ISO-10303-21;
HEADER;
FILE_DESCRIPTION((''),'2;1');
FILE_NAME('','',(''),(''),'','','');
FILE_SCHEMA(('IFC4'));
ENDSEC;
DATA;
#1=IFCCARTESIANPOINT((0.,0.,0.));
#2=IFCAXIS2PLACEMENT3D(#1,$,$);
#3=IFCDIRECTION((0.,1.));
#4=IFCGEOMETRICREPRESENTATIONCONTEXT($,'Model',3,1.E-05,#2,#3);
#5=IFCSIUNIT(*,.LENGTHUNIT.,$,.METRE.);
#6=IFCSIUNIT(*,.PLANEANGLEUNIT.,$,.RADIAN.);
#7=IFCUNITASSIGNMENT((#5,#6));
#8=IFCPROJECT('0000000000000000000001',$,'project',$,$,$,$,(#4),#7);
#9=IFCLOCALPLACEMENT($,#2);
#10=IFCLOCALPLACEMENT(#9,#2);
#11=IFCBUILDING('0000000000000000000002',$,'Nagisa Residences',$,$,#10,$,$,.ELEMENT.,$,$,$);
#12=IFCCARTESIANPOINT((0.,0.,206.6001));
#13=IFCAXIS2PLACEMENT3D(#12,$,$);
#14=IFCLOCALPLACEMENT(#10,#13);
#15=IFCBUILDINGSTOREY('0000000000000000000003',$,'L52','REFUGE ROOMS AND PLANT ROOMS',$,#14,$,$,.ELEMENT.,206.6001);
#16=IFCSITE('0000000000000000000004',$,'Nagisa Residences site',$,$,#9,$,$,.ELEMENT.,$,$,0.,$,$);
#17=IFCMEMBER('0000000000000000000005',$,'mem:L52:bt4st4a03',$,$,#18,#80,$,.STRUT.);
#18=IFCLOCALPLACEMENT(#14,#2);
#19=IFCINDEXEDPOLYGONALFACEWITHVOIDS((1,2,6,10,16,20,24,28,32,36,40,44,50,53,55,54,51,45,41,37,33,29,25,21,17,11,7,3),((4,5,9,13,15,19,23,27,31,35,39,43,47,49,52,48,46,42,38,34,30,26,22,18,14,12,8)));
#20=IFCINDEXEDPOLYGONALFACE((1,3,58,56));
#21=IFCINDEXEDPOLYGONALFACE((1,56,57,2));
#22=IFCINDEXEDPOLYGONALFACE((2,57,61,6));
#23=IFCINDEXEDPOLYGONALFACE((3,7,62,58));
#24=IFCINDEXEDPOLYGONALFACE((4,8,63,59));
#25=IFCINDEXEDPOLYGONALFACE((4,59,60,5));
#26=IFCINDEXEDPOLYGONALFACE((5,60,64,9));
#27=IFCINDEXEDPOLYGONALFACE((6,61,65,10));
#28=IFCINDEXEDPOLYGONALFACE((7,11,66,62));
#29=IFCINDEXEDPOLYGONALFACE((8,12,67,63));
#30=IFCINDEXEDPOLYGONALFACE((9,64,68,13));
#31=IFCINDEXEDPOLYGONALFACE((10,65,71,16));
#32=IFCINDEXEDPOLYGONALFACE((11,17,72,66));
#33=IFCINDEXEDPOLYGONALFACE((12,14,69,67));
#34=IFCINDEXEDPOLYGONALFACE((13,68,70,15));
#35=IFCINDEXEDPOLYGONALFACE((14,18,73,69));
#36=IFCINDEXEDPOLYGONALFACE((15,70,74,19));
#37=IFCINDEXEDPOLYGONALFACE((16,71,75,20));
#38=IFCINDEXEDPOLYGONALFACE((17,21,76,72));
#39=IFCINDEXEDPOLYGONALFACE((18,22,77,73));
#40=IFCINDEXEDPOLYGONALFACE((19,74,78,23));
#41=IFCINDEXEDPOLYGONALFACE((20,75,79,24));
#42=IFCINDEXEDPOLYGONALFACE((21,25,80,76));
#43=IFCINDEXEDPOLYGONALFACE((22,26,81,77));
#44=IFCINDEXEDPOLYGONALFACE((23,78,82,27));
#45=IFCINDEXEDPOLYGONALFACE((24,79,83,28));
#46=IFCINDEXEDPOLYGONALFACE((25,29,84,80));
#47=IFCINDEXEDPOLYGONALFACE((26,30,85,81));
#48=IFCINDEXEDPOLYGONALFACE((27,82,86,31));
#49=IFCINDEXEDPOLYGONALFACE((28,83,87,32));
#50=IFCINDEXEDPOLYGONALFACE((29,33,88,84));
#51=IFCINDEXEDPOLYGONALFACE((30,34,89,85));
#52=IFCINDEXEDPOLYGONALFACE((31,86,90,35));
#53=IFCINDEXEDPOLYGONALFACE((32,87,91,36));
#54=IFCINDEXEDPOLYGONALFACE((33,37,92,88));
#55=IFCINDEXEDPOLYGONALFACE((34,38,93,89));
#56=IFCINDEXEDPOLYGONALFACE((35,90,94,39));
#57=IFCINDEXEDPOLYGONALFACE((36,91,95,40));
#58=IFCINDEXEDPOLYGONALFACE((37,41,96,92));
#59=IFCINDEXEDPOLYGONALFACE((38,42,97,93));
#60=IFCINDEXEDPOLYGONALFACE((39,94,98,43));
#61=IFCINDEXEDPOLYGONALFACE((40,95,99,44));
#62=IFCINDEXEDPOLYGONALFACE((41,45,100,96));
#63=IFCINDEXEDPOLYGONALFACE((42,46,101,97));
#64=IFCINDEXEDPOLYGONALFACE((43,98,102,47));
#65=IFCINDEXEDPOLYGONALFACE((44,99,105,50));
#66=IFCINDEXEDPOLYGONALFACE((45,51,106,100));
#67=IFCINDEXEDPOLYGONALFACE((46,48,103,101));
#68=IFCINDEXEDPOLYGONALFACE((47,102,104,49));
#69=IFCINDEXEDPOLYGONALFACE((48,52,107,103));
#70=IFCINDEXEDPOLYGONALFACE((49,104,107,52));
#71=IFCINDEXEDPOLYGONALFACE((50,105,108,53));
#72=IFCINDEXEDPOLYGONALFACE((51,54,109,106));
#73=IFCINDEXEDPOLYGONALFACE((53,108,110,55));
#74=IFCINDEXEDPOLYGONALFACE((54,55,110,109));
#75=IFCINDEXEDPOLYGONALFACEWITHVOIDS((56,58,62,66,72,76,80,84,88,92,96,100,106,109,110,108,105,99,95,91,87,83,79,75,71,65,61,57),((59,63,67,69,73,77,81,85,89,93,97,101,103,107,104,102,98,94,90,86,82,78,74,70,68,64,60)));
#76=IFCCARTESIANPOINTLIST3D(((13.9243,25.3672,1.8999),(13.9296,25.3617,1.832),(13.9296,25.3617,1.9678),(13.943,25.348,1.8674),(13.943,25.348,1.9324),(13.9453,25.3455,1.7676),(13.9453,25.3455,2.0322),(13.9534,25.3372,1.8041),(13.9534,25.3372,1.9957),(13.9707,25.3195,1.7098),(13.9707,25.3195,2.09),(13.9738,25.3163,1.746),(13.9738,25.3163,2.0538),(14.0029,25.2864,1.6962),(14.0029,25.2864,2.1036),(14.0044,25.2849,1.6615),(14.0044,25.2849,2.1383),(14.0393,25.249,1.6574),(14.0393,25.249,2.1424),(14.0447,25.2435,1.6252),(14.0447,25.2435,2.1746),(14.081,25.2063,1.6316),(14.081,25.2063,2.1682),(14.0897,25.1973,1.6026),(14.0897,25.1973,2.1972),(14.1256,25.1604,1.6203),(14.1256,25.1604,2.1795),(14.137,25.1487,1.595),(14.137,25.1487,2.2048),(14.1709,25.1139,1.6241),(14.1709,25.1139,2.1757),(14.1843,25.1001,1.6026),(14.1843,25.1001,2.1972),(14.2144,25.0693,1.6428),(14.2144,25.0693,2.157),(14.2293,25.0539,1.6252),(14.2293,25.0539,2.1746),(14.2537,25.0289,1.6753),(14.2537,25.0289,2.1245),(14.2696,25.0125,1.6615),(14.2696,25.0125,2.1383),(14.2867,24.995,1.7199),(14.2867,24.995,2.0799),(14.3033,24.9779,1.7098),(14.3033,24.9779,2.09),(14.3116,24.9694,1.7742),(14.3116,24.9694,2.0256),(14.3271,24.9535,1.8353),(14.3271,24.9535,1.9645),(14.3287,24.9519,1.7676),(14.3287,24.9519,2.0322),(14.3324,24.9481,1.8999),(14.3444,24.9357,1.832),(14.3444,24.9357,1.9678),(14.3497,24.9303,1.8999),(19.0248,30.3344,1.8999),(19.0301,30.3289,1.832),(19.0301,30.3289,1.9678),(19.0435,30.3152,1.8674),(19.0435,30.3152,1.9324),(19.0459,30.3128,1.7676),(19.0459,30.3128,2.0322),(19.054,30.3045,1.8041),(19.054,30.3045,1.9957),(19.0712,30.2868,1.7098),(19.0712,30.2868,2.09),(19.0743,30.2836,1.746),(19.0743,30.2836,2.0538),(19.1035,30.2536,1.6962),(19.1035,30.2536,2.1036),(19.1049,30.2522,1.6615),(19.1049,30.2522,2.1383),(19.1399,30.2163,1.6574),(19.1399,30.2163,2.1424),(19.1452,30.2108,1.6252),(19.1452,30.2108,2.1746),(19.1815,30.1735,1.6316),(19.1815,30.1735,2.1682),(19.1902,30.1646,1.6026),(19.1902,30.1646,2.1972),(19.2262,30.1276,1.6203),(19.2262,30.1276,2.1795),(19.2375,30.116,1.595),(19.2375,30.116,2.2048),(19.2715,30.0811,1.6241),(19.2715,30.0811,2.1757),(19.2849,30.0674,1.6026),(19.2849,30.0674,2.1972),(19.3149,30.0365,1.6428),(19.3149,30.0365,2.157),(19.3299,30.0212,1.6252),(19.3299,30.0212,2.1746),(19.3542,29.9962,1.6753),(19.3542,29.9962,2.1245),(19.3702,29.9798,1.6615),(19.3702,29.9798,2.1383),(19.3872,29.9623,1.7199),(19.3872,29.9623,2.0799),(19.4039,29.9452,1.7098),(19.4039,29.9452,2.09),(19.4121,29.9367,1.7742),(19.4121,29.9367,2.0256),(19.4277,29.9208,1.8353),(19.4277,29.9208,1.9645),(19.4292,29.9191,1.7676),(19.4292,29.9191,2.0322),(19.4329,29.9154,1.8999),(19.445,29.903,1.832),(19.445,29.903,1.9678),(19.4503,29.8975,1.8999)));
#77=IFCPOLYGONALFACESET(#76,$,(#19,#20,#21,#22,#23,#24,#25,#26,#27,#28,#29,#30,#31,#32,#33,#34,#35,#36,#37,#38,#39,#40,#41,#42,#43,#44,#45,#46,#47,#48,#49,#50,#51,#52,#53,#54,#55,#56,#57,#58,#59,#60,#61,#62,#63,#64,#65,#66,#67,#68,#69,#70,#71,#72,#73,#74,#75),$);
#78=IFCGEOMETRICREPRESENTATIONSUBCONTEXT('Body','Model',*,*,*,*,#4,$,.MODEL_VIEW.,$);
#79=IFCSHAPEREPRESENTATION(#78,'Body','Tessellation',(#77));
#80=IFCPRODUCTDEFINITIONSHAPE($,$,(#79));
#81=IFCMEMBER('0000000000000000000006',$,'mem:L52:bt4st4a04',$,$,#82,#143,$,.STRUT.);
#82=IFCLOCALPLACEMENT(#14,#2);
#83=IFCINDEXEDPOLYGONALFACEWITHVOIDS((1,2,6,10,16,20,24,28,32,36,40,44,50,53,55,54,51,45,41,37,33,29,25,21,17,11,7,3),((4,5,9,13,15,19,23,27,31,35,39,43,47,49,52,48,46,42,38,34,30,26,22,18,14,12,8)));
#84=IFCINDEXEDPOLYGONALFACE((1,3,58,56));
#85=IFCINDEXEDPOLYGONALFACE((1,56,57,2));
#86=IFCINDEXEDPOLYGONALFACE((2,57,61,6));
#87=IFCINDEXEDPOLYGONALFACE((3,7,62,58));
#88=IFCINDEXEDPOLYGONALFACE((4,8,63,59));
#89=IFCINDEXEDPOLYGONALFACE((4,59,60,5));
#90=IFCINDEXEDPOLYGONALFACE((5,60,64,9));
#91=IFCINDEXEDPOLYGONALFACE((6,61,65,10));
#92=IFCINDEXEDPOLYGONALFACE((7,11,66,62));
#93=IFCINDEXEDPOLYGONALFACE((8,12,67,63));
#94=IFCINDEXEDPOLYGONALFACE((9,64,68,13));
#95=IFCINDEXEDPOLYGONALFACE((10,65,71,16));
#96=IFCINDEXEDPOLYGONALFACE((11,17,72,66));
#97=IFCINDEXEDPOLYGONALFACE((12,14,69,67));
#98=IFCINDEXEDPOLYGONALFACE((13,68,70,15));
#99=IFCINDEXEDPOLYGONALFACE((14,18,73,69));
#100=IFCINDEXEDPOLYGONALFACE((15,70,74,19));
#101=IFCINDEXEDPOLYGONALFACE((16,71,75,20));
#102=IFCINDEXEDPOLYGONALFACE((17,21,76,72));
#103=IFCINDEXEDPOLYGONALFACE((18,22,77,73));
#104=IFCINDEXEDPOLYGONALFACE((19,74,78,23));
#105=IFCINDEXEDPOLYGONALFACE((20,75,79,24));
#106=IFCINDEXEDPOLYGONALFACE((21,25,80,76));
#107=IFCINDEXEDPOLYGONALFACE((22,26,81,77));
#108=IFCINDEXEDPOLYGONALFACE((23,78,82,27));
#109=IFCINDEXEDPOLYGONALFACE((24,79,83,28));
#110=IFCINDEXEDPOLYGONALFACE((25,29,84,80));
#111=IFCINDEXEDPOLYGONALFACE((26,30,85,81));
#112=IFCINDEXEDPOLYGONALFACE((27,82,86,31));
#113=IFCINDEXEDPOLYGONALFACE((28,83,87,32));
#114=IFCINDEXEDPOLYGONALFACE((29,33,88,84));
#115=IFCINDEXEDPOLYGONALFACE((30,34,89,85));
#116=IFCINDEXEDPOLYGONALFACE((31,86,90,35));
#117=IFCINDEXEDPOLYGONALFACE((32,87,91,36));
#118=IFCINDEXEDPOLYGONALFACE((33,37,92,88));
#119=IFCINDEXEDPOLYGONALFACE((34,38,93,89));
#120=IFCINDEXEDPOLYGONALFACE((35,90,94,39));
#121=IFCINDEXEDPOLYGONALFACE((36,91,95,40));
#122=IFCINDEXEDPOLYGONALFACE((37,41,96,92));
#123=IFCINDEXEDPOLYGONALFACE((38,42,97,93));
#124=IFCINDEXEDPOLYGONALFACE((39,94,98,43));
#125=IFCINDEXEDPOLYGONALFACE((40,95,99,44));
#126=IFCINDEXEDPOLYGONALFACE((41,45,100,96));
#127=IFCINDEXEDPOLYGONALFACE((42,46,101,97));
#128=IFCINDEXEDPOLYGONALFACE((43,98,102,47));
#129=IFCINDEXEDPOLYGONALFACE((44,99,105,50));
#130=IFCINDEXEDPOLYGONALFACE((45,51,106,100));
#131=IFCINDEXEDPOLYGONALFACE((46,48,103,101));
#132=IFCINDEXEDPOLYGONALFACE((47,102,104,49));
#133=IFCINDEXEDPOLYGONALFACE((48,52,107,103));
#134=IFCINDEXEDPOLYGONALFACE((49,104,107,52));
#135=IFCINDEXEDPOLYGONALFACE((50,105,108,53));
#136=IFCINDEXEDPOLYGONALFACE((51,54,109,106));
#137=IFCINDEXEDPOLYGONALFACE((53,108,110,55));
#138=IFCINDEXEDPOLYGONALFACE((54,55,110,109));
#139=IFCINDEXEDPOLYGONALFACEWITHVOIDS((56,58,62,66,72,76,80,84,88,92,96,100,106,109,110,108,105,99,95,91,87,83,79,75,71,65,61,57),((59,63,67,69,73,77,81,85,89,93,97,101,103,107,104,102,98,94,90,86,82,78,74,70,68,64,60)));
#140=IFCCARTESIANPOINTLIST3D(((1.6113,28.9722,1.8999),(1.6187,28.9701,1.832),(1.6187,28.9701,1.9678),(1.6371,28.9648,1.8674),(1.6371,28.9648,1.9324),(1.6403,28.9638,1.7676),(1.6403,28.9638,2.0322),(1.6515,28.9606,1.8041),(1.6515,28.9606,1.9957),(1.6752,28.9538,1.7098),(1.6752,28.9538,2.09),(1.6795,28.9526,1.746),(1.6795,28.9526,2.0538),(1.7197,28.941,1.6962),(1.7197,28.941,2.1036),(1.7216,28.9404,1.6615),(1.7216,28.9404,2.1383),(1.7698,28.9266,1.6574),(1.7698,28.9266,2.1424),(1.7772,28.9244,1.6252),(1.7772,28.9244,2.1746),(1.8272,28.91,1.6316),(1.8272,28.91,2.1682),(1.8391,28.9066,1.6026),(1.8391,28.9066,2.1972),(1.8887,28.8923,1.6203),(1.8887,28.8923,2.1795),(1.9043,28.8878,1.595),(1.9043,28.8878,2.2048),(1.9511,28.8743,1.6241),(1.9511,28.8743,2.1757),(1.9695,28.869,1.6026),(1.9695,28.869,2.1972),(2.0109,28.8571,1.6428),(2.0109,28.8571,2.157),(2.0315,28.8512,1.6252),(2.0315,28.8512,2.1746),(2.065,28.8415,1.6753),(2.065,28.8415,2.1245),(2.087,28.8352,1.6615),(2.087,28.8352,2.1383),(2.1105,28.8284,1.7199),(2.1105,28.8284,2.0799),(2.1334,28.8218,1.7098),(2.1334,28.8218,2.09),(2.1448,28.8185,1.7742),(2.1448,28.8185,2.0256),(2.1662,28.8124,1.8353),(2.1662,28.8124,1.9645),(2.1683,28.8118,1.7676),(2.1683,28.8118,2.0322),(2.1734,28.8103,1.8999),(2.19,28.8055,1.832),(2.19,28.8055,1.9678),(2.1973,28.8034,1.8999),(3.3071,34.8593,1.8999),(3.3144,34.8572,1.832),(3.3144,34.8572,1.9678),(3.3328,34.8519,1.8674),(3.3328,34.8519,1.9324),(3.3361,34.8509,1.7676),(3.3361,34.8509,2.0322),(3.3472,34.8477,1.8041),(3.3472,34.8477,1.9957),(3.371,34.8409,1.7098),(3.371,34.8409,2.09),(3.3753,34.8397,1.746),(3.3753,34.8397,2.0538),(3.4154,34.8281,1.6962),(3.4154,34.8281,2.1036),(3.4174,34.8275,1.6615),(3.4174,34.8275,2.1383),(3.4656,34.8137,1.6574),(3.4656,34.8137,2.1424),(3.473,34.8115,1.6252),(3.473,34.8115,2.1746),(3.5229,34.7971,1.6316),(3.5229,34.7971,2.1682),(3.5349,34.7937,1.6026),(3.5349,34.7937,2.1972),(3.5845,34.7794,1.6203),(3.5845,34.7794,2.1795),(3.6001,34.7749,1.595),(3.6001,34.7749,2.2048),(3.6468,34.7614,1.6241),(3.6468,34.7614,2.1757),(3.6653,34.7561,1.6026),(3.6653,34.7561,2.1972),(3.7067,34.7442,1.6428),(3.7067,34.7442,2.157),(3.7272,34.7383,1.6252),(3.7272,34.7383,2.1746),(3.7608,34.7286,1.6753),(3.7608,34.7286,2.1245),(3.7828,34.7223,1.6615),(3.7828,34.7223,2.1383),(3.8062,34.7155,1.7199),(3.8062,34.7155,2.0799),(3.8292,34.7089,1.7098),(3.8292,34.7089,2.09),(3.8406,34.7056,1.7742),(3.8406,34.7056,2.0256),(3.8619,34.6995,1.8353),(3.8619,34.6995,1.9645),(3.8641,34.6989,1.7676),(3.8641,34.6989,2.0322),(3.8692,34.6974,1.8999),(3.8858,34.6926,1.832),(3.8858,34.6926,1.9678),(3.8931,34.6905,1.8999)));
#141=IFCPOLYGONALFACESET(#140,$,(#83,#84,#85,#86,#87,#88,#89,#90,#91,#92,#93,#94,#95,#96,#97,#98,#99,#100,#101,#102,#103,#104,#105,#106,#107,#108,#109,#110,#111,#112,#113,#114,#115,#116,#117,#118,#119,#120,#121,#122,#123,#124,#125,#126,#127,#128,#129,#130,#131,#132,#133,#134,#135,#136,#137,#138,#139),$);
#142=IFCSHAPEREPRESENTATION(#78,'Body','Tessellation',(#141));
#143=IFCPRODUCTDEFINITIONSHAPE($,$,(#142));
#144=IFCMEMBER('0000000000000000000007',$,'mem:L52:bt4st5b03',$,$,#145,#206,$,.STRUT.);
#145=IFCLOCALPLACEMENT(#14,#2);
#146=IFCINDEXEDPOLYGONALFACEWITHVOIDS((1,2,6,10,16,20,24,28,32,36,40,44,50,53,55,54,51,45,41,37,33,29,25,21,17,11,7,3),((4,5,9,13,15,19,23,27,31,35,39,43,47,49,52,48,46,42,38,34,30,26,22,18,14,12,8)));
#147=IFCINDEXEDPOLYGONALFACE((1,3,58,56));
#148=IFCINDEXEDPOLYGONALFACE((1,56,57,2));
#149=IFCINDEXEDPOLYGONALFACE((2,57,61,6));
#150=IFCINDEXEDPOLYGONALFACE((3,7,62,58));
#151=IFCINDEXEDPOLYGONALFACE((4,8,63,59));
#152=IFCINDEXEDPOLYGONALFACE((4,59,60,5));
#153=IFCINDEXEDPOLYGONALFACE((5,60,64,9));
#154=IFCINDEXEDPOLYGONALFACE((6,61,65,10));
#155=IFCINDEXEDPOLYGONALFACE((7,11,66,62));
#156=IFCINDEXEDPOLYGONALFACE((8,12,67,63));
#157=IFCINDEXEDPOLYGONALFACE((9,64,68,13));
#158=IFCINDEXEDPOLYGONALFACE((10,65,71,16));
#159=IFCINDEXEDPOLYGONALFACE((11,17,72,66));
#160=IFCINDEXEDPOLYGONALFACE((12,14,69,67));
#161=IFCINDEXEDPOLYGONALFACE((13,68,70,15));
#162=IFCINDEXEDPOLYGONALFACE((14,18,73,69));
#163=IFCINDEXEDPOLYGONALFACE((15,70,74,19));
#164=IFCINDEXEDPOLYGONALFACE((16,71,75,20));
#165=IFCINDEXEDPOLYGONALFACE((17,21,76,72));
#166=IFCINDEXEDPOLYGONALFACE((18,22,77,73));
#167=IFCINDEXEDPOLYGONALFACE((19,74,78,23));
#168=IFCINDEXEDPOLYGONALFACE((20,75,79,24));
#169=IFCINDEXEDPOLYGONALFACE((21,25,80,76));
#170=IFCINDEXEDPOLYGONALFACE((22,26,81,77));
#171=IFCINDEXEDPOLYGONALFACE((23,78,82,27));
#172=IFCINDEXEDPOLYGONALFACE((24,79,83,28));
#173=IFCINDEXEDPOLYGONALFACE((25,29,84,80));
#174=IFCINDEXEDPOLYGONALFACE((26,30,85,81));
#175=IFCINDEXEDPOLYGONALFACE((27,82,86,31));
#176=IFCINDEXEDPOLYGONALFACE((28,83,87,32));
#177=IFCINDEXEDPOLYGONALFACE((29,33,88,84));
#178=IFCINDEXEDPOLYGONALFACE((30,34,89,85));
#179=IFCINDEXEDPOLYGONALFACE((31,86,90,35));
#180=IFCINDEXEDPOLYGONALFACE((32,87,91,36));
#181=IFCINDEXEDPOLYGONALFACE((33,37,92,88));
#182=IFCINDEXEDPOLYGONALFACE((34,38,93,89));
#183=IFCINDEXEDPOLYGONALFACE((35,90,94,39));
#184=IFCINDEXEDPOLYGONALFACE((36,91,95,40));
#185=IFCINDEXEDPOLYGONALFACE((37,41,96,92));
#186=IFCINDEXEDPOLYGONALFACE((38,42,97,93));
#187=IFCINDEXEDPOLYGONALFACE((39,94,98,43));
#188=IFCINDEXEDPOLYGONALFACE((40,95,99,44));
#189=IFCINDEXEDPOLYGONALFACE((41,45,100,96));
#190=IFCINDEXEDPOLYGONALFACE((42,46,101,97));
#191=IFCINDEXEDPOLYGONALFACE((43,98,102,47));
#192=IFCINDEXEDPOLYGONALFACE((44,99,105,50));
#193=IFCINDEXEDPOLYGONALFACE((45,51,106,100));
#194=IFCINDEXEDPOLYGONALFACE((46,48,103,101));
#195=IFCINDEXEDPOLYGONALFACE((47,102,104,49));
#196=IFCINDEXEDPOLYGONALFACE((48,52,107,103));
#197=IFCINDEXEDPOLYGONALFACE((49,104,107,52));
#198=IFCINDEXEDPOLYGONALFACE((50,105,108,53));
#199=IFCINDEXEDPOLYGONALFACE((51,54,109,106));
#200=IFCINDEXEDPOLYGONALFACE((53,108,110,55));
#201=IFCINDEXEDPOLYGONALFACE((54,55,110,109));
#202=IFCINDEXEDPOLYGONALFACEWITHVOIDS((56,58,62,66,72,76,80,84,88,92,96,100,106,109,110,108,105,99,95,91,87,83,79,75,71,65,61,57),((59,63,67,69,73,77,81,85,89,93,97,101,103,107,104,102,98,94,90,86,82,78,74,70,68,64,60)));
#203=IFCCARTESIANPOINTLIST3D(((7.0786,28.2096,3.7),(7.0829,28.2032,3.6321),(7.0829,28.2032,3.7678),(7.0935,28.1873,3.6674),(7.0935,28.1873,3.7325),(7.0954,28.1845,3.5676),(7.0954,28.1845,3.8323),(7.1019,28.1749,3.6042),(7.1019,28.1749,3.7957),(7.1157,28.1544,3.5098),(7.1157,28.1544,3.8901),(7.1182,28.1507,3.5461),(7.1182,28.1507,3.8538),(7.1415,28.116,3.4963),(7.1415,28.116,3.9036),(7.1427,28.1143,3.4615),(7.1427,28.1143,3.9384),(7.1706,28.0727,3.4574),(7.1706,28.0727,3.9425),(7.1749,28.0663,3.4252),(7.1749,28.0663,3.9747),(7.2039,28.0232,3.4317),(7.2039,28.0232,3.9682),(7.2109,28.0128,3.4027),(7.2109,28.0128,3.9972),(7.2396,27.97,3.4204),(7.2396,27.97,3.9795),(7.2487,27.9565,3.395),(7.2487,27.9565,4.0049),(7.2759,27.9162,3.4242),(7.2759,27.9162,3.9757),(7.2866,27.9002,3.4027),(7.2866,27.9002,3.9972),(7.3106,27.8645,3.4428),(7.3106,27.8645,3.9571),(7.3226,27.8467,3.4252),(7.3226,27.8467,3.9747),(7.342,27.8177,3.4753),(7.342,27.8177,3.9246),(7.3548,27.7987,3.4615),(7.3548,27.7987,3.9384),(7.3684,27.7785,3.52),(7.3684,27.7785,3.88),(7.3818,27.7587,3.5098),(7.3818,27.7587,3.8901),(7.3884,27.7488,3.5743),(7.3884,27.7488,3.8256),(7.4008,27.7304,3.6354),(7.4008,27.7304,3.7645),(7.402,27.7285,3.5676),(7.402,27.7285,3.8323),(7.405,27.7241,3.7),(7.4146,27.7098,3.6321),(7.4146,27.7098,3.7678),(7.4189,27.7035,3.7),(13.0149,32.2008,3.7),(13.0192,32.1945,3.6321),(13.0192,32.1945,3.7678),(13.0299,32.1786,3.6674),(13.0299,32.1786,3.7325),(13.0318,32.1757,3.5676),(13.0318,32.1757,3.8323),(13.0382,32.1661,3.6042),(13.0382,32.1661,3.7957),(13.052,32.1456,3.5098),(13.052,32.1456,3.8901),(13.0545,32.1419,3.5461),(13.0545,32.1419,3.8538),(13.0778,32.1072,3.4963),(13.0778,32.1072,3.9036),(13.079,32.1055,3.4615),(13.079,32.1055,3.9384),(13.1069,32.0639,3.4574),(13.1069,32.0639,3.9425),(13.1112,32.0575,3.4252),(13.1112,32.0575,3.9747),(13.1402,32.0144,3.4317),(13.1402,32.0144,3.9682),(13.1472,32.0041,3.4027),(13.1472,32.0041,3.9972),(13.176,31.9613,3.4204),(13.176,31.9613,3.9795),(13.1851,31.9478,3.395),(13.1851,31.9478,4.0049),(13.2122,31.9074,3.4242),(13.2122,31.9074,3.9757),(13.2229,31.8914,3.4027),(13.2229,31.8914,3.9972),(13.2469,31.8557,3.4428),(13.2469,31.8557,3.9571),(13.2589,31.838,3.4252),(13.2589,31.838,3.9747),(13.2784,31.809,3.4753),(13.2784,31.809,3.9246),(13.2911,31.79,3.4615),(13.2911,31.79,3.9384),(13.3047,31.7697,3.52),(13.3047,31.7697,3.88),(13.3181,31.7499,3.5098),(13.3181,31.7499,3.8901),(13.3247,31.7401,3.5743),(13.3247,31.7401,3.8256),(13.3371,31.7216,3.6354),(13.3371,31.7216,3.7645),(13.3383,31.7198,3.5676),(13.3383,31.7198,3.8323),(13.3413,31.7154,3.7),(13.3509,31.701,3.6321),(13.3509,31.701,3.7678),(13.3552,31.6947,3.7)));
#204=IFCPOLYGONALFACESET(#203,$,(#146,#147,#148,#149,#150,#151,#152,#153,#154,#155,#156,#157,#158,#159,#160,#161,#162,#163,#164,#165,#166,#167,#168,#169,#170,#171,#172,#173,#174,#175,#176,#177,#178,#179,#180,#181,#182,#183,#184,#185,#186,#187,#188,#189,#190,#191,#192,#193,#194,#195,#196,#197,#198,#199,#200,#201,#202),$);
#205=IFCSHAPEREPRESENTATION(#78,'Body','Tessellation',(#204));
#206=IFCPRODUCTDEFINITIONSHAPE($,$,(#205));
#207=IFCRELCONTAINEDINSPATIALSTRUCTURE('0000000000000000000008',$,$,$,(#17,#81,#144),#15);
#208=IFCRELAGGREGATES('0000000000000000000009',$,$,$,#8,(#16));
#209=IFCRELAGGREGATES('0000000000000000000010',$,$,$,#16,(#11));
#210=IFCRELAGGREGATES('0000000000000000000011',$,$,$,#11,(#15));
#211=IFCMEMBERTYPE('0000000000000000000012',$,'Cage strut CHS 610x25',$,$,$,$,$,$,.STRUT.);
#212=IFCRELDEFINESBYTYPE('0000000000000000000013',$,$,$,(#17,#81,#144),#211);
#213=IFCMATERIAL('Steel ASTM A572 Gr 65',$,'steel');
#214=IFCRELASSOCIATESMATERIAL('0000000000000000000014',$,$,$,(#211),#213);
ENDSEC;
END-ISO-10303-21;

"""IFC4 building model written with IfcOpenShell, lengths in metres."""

from ifc_helpers import new_model, si_unit, direction, frame, origin, origin_2d, place, context, subcontext, project, spatial, hollow_circle, extrude, material, material_profile, profile_set, type_object, element, save


model = new_model("IFC4")

# Units and contexts
model_context = context("Model", 3, precision=1e-05, world=origin(), true_north=direction((0.0, 1.0)))
body_context = subcontext(model_context, "Body", "Model", "MODEL_VIEW")
ifc_project = project(units=[si_unit("LENGTHUNIT", "METRE"), si_unit("PLANEANGLEUNIT", "RADIAN")], contexts=[model_context])

# Site, building, storey
site_placement = place(None, origin())
site = spatial("IfcSite", under=ifc_project, at=site_placement, Name="Nagisa Residences site", CompositionType="ELEMENT", RefElevation=0.0)
building_placement = place(site_placement, origin())
building = spatial("IfcBuilding", under=site, at=building_placement, Name="Nagisa Residences", CompositionType="ELEMENT")
storey_placement = place(building_placement, frame((0.0, 0.0, 206.6001)))
storey = spatial("IfcBuildingStorey", under=building, at=storey_placement, Name="L52", Description="REFUGE ROOMS AND PLANT ROOMS", CompositionType="ELEMENT", Elevation=206.6001)

# Members
ifc_material_1 = material(Name="Steel ASTM A572 Gr 65", Category="steel")
ifc_material_profile_1 = material_profile(ifc_material_1, hollow_circle(Radius=0.3049, WallThickness=0.0249, at=origin_2d()), Name="CHS 610x25")
ifc_profile_set_1 = profile_set([ifc_material_profile_1], Name="Steel ASTM A572 Gr 65")
member_type_1 = type_object("IfcMemberType", Name="Cage strut CHS 610x25", PredefinedType="STRUT", material=ifc_profile_set_1)
member_1_placement = place(storey_placement, frame((19.2375, 30.116, 1.8999), z_axis=(-0.716406, -0.697683, 0.0), x_axis=(0.697683, -0.716406, 0.0)))
element("IfcMember", 1, at=member_1_placement, inside=storey, type_object=member_type_1, Name="mem:L52:bt4st4a03", PredefinedType="STRUT", context=body_context, shape_type="SweptSolid", body=[
    extrude(hollow_circle(Radius=0.3049, WallThickness=0.0249, at=origin_2d()), origin(), (0.0, 0.0, 1.0), 7.1196),
])
member_2_placement = place(storey_placement, frame((3.6001, 34.7749, 1.8999), z_axis=(-0.276794, -0.960929, 0.0), x_axis=(0.960929, -0.276794, 0.0)))
element("IfcMember", 2, at=member_2_placement, inside=storey, type_object=member_type_1, Name="mem:L52:bt4st4a04", PredefinedType="STRUT", context=body_context, shape_type="SweptSolid", body=[
    extrude(hollow_circle(Radius=0.3049, WallThickness=0.0249, at=origin_2d()), origin(), (0.0, 0.0, 1.0), 6.1265),
])
member_3_placement = place(storey_placement, frame((13.1851, 31.9478, 3.7), z_axis=(-0.82987, -0.557957, 0.0), x_axis=(0.557957, -0.82987, 0.0)))
element("IfcMember", 3, at=member_3_placement, inside=storey, type_object=member_type_1, Name="mem:L52:bt4st5b03", PredefinedType="STRUT", context=body_context, shape_type="SweptSolid", body=[
    extrude(hollow_circle(Radius=0.3049, WallThickness=0.0249, at=origin_2d()), origin(), (0.0, 0.0, 1.0), 7.1533),
])

save(model, "model.ifc")
